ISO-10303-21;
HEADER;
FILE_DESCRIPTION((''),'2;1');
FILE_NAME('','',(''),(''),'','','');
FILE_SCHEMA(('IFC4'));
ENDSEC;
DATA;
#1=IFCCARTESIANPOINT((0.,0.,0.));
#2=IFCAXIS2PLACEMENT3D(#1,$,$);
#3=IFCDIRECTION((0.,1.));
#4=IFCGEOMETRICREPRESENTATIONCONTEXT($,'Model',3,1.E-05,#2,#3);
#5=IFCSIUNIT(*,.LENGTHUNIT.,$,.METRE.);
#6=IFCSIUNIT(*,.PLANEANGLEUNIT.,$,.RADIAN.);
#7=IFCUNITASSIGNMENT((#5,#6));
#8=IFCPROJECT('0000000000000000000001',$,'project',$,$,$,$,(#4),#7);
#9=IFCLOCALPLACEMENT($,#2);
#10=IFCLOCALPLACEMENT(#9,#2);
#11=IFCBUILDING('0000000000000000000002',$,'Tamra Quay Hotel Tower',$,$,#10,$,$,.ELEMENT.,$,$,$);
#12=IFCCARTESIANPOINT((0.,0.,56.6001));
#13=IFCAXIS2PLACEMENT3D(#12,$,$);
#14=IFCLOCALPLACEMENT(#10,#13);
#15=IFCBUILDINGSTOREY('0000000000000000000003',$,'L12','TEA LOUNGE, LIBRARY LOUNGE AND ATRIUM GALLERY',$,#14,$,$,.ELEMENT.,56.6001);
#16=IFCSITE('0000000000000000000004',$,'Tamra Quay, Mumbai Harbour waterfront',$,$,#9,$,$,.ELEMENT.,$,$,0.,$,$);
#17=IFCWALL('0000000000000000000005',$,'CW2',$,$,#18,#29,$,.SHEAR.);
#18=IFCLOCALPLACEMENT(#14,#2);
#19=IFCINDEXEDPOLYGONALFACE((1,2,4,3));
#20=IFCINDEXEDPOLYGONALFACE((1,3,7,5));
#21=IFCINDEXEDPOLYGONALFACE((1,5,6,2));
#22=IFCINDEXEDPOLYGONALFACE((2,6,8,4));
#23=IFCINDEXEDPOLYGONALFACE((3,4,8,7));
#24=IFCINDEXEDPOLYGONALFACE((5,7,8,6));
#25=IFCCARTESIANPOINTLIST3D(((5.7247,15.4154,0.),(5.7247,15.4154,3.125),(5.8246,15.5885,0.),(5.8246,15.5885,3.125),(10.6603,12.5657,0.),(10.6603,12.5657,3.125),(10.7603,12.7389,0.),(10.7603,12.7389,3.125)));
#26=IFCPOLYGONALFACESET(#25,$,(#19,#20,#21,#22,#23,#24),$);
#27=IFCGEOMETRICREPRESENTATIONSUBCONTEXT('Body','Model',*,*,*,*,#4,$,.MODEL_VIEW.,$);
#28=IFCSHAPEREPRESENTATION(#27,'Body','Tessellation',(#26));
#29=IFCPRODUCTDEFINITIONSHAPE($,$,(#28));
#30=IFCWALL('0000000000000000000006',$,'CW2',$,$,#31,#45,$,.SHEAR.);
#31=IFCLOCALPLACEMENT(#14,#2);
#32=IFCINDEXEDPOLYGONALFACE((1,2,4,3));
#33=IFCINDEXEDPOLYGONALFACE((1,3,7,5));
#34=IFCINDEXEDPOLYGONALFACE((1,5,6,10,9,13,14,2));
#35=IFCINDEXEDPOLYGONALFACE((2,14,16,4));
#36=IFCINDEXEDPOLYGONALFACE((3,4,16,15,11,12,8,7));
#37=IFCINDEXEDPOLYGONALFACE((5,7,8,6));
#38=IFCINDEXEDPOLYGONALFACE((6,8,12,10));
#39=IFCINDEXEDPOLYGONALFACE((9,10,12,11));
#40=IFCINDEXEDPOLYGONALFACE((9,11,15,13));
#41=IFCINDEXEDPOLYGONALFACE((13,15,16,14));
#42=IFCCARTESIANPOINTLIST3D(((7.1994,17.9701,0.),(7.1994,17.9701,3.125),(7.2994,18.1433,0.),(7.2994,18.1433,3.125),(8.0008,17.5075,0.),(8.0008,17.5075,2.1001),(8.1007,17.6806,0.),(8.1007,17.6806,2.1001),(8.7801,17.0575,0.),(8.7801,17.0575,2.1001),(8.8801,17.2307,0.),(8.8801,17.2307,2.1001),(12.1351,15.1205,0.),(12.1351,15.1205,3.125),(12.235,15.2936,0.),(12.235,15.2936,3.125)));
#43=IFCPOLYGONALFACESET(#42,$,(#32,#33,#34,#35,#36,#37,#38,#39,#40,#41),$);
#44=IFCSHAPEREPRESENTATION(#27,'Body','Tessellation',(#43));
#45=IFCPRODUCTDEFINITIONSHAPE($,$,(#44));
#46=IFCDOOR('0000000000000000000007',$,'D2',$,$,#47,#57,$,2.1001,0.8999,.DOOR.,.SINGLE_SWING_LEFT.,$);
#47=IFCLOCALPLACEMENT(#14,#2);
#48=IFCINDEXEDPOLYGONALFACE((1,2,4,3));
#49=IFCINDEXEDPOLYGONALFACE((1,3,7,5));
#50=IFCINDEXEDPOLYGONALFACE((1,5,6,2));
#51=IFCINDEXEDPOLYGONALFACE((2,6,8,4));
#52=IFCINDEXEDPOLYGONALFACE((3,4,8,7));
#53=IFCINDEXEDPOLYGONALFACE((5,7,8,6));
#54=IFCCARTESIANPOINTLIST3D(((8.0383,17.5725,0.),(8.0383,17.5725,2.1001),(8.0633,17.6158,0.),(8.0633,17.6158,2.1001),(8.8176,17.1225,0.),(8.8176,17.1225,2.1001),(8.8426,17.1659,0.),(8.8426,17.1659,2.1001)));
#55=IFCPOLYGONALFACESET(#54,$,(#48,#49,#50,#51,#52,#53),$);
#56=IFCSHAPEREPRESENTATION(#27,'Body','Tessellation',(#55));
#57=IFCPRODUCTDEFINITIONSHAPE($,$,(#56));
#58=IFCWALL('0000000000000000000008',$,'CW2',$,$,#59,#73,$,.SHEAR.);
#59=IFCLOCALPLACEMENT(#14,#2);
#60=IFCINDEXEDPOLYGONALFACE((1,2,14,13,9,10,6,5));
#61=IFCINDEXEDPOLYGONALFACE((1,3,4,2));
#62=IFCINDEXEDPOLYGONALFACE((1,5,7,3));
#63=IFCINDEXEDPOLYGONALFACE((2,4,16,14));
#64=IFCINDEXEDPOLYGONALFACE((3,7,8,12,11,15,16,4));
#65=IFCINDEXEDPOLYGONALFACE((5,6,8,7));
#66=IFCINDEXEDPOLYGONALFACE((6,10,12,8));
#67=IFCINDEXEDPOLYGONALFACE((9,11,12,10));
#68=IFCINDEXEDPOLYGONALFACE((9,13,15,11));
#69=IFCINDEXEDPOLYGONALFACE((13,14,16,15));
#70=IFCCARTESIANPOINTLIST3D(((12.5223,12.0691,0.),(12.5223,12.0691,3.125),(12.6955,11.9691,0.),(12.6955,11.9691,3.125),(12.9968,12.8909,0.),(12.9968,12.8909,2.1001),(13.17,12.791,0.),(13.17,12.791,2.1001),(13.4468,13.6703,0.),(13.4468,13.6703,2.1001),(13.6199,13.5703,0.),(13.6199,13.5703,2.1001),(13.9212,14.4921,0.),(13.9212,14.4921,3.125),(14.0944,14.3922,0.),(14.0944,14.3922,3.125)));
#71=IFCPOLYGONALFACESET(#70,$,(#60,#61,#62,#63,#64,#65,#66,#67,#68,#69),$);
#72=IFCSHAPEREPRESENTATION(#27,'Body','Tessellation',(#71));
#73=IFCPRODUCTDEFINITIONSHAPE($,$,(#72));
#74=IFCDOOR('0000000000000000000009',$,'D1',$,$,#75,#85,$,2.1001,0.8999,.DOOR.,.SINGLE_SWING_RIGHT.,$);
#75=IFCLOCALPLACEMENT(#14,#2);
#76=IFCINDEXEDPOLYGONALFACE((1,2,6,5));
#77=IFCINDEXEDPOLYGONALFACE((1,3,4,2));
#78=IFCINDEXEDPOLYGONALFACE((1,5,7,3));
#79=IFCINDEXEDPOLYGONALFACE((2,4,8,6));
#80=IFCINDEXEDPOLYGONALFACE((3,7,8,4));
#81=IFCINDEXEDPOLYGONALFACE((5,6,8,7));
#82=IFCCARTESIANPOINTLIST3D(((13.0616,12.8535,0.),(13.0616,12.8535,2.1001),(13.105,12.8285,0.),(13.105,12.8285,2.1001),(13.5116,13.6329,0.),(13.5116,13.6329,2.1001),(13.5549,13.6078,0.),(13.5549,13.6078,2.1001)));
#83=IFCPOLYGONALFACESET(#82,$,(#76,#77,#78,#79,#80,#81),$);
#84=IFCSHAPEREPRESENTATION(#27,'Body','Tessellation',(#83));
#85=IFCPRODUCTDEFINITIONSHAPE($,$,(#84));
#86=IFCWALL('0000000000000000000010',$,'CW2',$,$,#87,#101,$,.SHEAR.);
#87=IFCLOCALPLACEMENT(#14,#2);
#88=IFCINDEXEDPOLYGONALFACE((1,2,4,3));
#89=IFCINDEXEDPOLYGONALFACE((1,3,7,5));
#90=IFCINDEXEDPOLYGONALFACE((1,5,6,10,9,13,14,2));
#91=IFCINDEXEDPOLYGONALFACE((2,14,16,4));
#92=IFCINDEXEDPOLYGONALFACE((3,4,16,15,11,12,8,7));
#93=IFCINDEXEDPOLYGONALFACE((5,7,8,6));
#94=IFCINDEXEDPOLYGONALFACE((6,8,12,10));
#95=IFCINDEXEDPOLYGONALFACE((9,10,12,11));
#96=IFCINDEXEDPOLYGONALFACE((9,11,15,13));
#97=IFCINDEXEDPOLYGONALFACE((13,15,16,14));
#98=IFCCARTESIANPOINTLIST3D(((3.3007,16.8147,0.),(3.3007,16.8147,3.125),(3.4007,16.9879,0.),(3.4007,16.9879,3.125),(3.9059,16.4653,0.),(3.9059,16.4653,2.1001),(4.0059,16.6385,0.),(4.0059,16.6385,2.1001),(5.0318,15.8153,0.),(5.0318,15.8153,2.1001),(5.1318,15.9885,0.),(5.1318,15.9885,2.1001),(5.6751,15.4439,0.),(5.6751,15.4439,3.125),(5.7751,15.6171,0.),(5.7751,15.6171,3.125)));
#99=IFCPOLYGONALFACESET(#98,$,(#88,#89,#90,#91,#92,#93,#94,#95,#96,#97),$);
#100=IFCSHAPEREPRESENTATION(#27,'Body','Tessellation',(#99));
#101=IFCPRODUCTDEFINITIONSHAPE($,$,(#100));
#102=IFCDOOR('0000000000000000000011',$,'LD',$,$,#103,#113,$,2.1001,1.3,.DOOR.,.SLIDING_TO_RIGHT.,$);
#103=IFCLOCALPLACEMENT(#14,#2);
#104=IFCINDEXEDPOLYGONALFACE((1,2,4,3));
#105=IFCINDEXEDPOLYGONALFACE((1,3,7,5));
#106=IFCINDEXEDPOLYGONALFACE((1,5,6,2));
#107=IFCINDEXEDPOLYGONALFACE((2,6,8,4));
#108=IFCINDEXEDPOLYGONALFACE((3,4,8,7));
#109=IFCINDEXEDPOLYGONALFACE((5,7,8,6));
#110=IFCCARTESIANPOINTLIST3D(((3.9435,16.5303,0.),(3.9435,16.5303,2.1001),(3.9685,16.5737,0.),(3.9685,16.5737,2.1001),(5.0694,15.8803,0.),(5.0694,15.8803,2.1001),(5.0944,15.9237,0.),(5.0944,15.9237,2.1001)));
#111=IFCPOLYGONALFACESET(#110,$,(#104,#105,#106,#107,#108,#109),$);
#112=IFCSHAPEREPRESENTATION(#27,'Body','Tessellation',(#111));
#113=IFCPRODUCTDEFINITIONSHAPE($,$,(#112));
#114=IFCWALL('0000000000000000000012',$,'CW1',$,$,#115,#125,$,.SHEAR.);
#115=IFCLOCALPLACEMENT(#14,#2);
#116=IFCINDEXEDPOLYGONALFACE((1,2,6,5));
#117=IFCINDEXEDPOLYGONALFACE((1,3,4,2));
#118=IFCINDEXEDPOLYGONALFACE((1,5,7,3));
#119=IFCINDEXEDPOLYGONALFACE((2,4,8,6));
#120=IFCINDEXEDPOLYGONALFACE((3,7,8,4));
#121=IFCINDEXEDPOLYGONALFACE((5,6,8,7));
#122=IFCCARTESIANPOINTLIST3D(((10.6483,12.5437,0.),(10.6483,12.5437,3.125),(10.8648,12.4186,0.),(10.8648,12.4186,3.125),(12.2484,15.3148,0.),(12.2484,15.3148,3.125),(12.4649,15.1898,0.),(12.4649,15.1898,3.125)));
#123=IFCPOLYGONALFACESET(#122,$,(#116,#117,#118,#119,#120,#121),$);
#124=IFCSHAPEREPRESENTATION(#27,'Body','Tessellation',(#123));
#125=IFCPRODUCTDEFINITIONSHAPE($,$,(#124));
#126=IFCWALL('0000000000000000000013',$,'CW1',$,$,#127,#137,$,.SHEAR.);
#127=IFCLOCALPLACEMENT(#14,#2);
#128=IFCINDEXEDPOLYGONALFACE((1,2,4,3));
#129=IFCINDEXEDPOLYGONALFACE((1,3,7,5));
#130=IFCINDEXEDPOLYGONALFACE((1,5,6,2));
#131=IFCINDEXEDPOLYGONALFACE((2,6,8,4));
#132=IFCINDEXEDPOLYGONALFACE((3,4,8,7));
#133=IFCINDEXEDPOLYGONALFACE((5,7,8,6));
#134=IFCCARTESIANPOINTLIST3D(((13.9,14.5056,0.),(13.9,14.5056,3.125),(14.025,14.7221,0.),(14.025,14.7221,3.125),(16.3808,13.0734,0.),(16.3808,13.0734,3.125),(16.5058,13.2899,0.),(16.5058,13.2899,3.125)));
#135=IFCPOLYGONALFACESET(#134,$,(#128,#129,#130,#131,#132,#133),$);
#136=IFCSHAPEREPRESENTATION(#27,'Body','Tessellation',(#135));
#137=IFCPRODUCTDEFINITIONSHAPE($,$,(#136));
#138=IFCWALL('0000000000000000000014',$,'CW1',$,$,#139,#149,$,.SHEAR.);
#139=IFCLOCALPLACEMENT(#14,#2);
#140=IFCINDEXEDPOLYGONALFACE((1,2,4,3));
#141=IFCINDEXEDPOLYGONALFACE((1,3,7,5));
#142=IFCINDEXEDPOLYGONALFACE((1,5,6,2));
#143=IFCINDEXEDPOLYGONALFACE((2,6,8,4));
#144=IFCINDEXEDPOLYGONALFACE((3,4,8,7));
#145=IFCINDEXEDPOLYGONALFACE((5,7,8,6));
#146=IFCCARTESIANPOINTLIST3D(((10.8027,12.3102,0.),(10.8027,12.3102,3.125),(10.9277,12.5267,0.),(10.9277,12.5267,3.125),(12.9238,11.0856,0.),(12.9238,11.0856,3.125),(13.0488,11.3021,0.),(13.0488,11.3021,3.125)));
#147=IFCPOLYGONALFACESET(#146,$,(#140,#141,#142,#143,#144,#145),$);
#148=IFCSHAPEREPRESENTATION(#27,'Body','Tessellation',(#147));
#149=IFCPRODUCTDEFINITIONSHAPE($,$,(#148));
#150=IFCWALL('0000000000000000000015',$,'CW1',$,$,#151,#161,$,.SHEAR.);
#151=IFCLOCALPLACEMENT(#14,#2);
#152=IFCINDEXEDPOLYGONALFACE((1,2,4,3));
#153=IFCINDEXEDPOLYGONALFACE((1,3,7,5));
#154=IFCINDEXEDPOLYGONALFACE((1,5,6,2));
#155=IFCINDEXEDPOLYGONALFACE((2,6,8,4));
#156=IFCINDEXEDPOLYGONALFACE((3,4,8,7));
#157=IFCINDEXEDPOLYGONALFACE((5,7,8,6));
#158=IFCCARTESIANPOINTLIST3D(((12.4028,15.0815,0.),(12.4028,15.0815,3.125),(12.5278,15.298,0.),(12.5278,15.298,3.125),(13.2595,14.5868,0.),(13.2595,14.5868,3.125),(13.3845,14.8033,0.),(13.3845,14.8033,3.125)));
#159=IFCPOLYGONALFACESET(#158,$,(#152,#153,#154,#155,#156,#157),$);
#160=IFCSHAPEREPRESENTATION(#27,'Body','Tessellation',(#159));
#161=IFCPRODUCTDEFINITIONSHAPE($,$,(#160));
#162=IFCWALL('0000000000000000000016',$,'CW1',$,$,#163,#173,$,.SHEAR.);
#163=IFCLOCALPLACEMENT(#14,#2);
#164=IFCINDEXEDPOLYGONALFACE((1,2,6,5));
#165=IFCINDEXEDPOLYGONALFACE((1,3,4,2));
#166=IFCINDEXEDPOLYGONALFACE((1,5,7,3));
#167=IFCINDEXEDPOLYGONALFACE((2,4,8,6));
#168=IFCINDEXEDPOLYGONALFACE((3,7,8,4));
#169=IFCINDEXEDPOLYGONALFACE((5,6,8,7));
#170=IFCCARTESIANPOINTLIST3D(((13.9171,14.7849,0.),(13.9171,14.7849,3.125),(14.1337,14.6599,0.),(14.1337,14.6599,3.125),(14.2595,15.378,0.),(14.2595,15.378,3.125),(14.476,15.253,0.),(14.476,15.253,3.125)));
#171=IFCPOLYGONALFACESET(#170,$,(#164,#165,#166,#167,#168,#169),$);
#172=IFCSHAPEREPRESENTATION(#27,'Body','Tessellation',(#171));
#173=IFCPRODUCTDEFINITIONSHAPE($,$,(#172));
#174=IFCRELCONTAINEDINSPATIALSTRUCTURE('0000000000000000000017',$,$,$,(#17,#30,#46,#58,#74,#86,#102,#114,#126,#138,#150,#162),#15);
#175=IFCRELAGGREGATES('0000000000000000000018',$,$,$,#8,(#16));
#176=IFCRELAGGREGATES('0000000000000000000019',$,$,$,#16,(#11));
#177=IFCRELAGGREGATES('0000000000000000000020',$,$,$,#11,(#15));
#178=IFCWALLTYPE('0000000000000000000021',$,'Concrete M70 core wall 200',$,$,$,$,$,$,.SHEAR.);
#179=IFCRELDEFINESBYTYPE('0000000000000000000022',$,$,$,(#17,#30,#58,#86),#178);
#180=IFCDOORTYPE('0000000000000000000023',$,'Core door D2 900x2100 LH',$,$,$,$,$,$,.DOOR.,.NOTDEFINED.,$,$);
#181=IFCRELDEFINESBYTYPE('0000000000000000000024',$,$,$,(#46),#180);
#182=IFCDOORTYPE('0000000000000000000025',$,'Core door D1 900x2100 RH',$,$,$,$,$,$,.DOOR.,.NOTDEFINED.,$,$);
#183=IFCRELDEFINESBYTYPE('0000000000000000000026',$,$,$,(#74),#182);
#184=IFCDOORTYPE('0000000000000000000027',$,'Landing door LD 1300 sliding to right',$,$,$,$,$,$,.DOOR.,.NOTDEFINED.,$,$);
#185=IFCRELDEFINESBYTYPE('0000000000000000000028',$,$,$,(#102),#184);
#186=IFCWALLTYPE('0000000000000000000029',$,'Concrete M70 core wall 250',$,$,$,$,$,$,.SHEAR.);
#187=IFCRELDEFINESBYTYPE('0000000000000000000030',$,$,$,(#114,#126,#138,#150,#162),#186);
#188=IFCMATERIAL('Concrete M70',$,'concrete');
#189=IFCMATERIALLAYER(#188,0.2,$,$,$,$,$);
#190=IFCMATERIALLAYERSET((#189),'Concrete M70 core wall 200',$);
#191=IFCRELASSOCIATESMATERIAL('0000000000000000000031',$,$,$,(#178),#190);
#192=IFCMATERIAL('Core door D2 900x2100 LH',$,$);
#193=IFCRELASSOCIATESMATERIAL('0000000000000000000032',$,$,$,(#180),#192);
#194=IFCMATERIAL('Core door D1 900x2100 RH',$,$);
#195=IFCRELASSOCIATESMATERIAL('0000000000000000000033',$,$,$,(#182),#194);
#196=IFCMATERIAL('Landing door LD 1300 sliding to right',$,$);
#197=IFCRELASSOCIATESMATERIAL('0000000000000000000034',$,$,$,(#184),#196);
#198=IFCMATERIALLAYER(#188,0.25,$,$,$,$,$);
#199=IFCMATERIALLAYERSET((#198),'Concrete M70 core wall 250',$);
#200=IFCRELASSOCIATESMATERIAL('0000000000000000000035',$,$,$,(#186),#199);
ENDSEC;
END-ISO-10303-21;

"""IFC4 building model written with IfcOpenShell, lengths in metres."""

from ifc_helpers import new_model, si_unit, direction, frame, frame_2d, origin, place, context, subcontext, project, spatial, rectangle, extrude, material, layer, layer_set, type_object, element, fill, save


model = new_model("IFC4")

# Units and contexts
model_context = context("Model", 3, precision=1e-05, world=origin(), true_north=direction((0.0, 1.0)))
body_context = subcontext(model_context, "Body", "Model", "MODEL_VIEW")
ifc_project = project(units=[si_unit("LENGTHUNIT", "METRE"), si_unit("PLANEANGLEUNIT", "RADIAN")], contexts=[model_context])

# Site, building, storey
site_placement = place(None, origin())
site = spatial("IfcSite", under=ifc_project, at=site_placement, Name="Tamra Quay, Mumbai Harbour waterfront", CompositionType="ELEMENT", RefElevation=0.0)
building_placement = place(site_placement, origin())
building = spatial("IfcBuilding", under=site, at=building_placement, Name="Tamra Quay Hotel Tower", CompositionType="ELEMENT")
storey_placement = place(building_placement, frame((0.0, 0.0, 56.6001)))
storey = spatial("IfcBuildingStorey", under=building, at=storey_placement, Name="L12", Description="TEA LOUNGE, LIBRARY LOUNGE AND ATRIUM GALLERY", CompositionType="ELEMENT", Elevation=56.6001)

# Wall
ifc_material_1 = material(Name="Concrete M70", Category="concrete")
ifc_layer_1 = layer(ifc_material_1, 0.2)
ifc_layer_set_1 = layer_set([ifc_layer_1], Name="Concrete M70 core wall 200")
wall_type_1 = type_object("IfcWallType", Name="Concrete M70 core wall 200", PredefinedType="SHEAR", material=ifc_layer_set_1)
wall_1_placement = place(storey_placement, frame((5.7747, 15.502, 0.0), z_axis=(0.0, 0.0, 1.0), x_axis=(0.86602, -0.500009, 0.0)))
element("IfcWall", 1, at=wall_1_placement, inside=storey, type_object=wall_type_1, Name="CW2", PredefinedType="SHEAR", context=body_context, shape_type="SweptSolid", body=[
    extrude(rectangle(XDim=5.6992, YDim=0.2, at=frame_2d((2.8496, 0.0))), origin(), (0.0, 0.0, 1.0), 3.125),
])

# Walls, openings, doors
wall_2_placement = place(storey_placement, frame((12.1851, 15.207, 0.0), z_axis=(0.0, 0.0, 1.0), x_axis=(-0.86602, 0.500009, 0.0)))
wall_2 = element("IfcWall", 2, at=wall_2_placement, inside=storey, type_object=wall_type_1, Name="CW2", PredefinedType="SHEAR", context=body_context, shape_type="SweptSolid", body=[
    extrude(rectangle(XDim=5.6992, YDim=0.2, at=frame_2d((2.8496, 0.0))), origin(), (0.0, 0.0, 1.0), 3.125),
])
opening_1_placement = place(wall_2_placement, frame((3.874, 0.0, 0.0)))
opening_1 = element("IfcOpeningElement", 3, at=opening_1_placement, cuts=wall_2, PredefinedType="OPENING", context=body_context, shape_type="SweptSolid", body=[
    extrude(rectangle(XDim=0.8999, YDim=2.1001, at=frame_2d((0.45, 1.05))), frame((0.0, 0.1099, 0.0), z_axis=(0.0, -1.0, 0.0), x_axis=(1.0, 0.0, 0.0)), (0.0, 0.0, 1.0), 0.22),
])
ifc_material_2 = material(Name="Core door D2 900x2100 LH")
door_type_1 = type_object("IfcDoorType", Name="Core door D2 900x2100 LH", OperationType="NOTDEFINED", PredefinedType="DOOR", material=ifc_material_2)
door_1_placement = place(opening_1_placement, origin())
door_1 = element("IfcDoor", 4, at=door_1_placement, inside=storey, type_object=door_type_1, Name="D2", OperationType="SINGLE_SWING_LEFT", OverallHeight=2.1001, OverallWidth=0.8999, PredefinedType="DOOR", context=body_context, shape_type="SweptSolid", body=[
    extrude(rectangle(XDim=0.8999, YDim=2.1001, at=frame_2d((0.45, 1.05))), frame((0.0, 0.0249, 0.0), z_axis=(0.0, -1.0, 0.0), x_axis=(1.0, 0.0, 0.0)), (0.0, 0.0, 1.0), 0.05),
])
fill(opening_1, door_1)
wall_3_placement = place(storey_placement, frame((14.0078, 14.4421, 0.0), z_axis=(0.0, 0.0, 1.0), x_axis=(-0.499987, -0.866033, 0.0)))
wall_3 = element("IfcWall", 5, at=wall_3_placement, inside=storey, type_object=wall_type_1, Name="CW2", PredefinedType="SHEAR", context=body_context, shape_type="SweptSolid", body=[
    extrude(rectangle(XDim=2.7979, YDim=0.2, at=frame_2d((1.3989, 0.0))), origin(), (0.0, 0.0, 1.0), 3.125),
])
opening_2_placement = place(wall_3_placement, frame((0.949, 0.0, 0.0)))
opening_2 = element("IfcOpeningElement", 6, at=opening_2_placement, cuts=wall_3, PredefinedType="OPENING", context=body_context, shape_type="SweptSolid", body=[
    extrude(rectangle(XDim=0.8999, YDim=2.1001, at=frame_2d((0.45, 1.05))), frame((0.0, 0.1099, 0.0), z_axis=(0.0, -1.0, 0.0), x_axis=(1.0, 0.0, 0.0)), (0.0, 0.0, 1.0), 0.22),
])
ifc_material_3 = material(Name="Core door D1 900x2100 RH")
door_type_2 = type_object("IfcDoorType", Name="Core door D1 900x2100 RH", OperationType="NOTDEFINED", PredefinedType="DOOR", material=ifc_material_3)
door_2_placement = place(opening_2_placement, origin())
door_2 = element("IfcDoor", 7, at=door_2_placement, inside=storey, type_object=door_type_2, Name="D1", OperationType="SINGLE_SWING_RIGHT", OverallHeight=2.1001, OverallWidth=0.8999, PredefinedType="DOOR", context=body_context, shape_type="SweptSolid", body=[
    extrude(rectangle(XDim=0.8999, YDim=2.1001, at=frame_2d((0.45, 1.05))), frame((0.0, 0.0249, 0.0), z_axis=(0.0, -1.0, 0.0), x_axis=(1.0, 0.0, 0.0)), (0.0, 0.0, 1.0), 0.05),
])
fill(opening_2, door_2)
wall_4_placement = place(storey_placement, frame((5.7251, 15.5305, 0.0), z_axis=(0.0, 0.0, 1.0), x_axis=(-0.866037, 0.499979, 0.0)))
wall_4 = element("IfcWall", 8, at=wall_4_placement, inside=storey, type_object=wall_type_1, Name="CW2", PredefinedType="SHEAR", context=body_context, shape_type="SweptSolid", body=[
    extrude(rectangle(XDim=2.7417, YDim=0.2, at=frame_2d((1.3708, 0.0))), origin(), (0.0, 0.0, 1.0), 3.125),
])
opening_3_placement = place(wall_4_placement, frame((0.7429, 0.0, 0.0)))
opening_3 = element("IfcOpeningElement", 9, at=opening_3_placement, cuts=wall_4, PredefinedType="OPENING", context=body_context, shape_type="SweptSolid", body=[
    extrude(rectangle(XDim=1.3, YDim=2.1001, at=frame_2d((0.6499, 1.05))), frame((0.0, 0.1099, 0.0), z_axis=(0.0, -1.0, 0.0), x_axis=(1.0, 0.0, 0.0)), (0.0, 0.0, 1.0), 0.22),
])
ifc_material_4 = material(Name="Landing door LD 1300 sliding to right")
door_type_3 = type_object("IfcDoorType", Name="Landing door LD 1300 sliding to right", OperationType="NOTDEFINED", PredefinedType="DOOR", material=ifc_material_4)
door_3_placement = place(opening_3_placement, origin())
door_3 = element("IfcDoor", 10, at=door_3_placement, inside=storey, type_object=door_type_3, Name="LD", OperationType="SLIDING_TO_RIGHT", OverallHeight=2.1001, OverallWidth=1.3, PredefinedType="DOOR", context=body_context, shape_type="SweptSolid", body=[
    extrude(rectangle(XDim=1.3, YDim=2.1001, at=frame_2d((0.6499, 1.05))), frame((0.0, 0.0249, 0.0), z_axis=(0.0, -1.0, 0.0), x_axis=(1.0, 0.0, 0.0)), (0.0, 0.0, 1.0), 0.05),
])
fill(opening_3, door_3)

# Walls
ifc_layer_2 = layer(ifc_material_1, 0.25)
ifc_layer_set_2 = layer_set([ifc_layer_2], Name="Concrete M70 core wall 250")
wall_type_2 = type_object("IfcWallType", Name="Concrete M70 core wall 250", PredefinedType="SHEAR", material=ifc_layer_set_2)
wall_5_placement = place(storey_placement, frame((12.3567, 15.2524, 0.0), z_axis=(0.0, 0.0, 1.0), x_axis=(-0.500028, -0.866009, 0.0)))
element("IfcWall", 11, at=wall_5_placement, inside=storey, type_object=wall_type_2, Name="CW1", PredefinedType="SHEAR", context=body_context, shape_type="SweptSolid", body=[
    extrude(rectangle(XDim=3.2, YDim=0.25, at=frame_2d((1.6001, 0.0))), origin(), (0.0, 0.0, 1.0), 3.125),
])
wall_6_placement = place(storey_placement, frame((13.9626, 14.6138, 0.0), z_axis=(0.0, 0.0, 1.0), x_axis=(0.866042, -0.499971, 0.0)))
element("IfcWall", 12, at=wall_6_placement, inside=storey, type_object=wall_type_2, Name="CW1", PredefinedType="SHEAR", context=body_context, shape_type="SweptSolid", body=[
    extrude(rectangle(XDim=2.8645, YDim=0.25, at=frame_2d((1.4321, 0.0))), origin(), (0.0, 0.0, 1.0), 3.125),
])
wall_7_placement = place(storey_placement, frame((10.8652, 12.4185, 0.0), z_axis=(0.0, 0.0, 1.0), x_axis=(0.866026, -0.499999, 0.0)))
element("IfcWall", 13, at=wall_7_placement, inside=storey, type_object=wall_type_2, Name="CW1", PredefinedType="SHEAR", context=body_context, shape_type="SweptSolid", body=[
    extrude(rectangle(XDim=2.4492, YDim=0.25, at=frame_2d((1.2246, 0.0))), origin(), (0.0, 0.0, 1.0), 3.125),
])
wall_8_placement = place(storey_placement, frame((13.322, 14.6951, 0.0), z_axis=(0.0, 0.0, 1.0), x_axis=(-0.866017, 0.500014, 0.0)))
element("IfcWall", 14, at=wall_8_placement, inside=storey, type_object=wall_type_2, Name="CW1", PredefinedType="SHEAR", context=body_context, shape_type="SweptSolid", body=[
    extrude(rectangle(XDim=0.9893, YDim=0.25, at=frame_2d((0.4946, 0.0))), origin(), (0.0, 0.0, 1.0), 3.125),
])
wall_9_placement = place(storey_placement, frame((14.3677, 15.3154, 0.0), z_axis=(0.0, 0.0, 1.0), x_axis=(-0.499897, -0.866085, 0.0)))
element("IfcWall", 15, at=wall_9_placement, inside=storey, type_object=wall_type_2, Name="CW1", PredefinedType="SHEAR", context=body_context, shape_type="SweptSolid", body=[
    extrude(rectangle(XDim=0.6848, YDim=0.25, at=frame_2d((0.3423, 0.0))), origin(), (0.0, 0.0, 1.0), 3.125),
])

save(model, "model.ifc")
